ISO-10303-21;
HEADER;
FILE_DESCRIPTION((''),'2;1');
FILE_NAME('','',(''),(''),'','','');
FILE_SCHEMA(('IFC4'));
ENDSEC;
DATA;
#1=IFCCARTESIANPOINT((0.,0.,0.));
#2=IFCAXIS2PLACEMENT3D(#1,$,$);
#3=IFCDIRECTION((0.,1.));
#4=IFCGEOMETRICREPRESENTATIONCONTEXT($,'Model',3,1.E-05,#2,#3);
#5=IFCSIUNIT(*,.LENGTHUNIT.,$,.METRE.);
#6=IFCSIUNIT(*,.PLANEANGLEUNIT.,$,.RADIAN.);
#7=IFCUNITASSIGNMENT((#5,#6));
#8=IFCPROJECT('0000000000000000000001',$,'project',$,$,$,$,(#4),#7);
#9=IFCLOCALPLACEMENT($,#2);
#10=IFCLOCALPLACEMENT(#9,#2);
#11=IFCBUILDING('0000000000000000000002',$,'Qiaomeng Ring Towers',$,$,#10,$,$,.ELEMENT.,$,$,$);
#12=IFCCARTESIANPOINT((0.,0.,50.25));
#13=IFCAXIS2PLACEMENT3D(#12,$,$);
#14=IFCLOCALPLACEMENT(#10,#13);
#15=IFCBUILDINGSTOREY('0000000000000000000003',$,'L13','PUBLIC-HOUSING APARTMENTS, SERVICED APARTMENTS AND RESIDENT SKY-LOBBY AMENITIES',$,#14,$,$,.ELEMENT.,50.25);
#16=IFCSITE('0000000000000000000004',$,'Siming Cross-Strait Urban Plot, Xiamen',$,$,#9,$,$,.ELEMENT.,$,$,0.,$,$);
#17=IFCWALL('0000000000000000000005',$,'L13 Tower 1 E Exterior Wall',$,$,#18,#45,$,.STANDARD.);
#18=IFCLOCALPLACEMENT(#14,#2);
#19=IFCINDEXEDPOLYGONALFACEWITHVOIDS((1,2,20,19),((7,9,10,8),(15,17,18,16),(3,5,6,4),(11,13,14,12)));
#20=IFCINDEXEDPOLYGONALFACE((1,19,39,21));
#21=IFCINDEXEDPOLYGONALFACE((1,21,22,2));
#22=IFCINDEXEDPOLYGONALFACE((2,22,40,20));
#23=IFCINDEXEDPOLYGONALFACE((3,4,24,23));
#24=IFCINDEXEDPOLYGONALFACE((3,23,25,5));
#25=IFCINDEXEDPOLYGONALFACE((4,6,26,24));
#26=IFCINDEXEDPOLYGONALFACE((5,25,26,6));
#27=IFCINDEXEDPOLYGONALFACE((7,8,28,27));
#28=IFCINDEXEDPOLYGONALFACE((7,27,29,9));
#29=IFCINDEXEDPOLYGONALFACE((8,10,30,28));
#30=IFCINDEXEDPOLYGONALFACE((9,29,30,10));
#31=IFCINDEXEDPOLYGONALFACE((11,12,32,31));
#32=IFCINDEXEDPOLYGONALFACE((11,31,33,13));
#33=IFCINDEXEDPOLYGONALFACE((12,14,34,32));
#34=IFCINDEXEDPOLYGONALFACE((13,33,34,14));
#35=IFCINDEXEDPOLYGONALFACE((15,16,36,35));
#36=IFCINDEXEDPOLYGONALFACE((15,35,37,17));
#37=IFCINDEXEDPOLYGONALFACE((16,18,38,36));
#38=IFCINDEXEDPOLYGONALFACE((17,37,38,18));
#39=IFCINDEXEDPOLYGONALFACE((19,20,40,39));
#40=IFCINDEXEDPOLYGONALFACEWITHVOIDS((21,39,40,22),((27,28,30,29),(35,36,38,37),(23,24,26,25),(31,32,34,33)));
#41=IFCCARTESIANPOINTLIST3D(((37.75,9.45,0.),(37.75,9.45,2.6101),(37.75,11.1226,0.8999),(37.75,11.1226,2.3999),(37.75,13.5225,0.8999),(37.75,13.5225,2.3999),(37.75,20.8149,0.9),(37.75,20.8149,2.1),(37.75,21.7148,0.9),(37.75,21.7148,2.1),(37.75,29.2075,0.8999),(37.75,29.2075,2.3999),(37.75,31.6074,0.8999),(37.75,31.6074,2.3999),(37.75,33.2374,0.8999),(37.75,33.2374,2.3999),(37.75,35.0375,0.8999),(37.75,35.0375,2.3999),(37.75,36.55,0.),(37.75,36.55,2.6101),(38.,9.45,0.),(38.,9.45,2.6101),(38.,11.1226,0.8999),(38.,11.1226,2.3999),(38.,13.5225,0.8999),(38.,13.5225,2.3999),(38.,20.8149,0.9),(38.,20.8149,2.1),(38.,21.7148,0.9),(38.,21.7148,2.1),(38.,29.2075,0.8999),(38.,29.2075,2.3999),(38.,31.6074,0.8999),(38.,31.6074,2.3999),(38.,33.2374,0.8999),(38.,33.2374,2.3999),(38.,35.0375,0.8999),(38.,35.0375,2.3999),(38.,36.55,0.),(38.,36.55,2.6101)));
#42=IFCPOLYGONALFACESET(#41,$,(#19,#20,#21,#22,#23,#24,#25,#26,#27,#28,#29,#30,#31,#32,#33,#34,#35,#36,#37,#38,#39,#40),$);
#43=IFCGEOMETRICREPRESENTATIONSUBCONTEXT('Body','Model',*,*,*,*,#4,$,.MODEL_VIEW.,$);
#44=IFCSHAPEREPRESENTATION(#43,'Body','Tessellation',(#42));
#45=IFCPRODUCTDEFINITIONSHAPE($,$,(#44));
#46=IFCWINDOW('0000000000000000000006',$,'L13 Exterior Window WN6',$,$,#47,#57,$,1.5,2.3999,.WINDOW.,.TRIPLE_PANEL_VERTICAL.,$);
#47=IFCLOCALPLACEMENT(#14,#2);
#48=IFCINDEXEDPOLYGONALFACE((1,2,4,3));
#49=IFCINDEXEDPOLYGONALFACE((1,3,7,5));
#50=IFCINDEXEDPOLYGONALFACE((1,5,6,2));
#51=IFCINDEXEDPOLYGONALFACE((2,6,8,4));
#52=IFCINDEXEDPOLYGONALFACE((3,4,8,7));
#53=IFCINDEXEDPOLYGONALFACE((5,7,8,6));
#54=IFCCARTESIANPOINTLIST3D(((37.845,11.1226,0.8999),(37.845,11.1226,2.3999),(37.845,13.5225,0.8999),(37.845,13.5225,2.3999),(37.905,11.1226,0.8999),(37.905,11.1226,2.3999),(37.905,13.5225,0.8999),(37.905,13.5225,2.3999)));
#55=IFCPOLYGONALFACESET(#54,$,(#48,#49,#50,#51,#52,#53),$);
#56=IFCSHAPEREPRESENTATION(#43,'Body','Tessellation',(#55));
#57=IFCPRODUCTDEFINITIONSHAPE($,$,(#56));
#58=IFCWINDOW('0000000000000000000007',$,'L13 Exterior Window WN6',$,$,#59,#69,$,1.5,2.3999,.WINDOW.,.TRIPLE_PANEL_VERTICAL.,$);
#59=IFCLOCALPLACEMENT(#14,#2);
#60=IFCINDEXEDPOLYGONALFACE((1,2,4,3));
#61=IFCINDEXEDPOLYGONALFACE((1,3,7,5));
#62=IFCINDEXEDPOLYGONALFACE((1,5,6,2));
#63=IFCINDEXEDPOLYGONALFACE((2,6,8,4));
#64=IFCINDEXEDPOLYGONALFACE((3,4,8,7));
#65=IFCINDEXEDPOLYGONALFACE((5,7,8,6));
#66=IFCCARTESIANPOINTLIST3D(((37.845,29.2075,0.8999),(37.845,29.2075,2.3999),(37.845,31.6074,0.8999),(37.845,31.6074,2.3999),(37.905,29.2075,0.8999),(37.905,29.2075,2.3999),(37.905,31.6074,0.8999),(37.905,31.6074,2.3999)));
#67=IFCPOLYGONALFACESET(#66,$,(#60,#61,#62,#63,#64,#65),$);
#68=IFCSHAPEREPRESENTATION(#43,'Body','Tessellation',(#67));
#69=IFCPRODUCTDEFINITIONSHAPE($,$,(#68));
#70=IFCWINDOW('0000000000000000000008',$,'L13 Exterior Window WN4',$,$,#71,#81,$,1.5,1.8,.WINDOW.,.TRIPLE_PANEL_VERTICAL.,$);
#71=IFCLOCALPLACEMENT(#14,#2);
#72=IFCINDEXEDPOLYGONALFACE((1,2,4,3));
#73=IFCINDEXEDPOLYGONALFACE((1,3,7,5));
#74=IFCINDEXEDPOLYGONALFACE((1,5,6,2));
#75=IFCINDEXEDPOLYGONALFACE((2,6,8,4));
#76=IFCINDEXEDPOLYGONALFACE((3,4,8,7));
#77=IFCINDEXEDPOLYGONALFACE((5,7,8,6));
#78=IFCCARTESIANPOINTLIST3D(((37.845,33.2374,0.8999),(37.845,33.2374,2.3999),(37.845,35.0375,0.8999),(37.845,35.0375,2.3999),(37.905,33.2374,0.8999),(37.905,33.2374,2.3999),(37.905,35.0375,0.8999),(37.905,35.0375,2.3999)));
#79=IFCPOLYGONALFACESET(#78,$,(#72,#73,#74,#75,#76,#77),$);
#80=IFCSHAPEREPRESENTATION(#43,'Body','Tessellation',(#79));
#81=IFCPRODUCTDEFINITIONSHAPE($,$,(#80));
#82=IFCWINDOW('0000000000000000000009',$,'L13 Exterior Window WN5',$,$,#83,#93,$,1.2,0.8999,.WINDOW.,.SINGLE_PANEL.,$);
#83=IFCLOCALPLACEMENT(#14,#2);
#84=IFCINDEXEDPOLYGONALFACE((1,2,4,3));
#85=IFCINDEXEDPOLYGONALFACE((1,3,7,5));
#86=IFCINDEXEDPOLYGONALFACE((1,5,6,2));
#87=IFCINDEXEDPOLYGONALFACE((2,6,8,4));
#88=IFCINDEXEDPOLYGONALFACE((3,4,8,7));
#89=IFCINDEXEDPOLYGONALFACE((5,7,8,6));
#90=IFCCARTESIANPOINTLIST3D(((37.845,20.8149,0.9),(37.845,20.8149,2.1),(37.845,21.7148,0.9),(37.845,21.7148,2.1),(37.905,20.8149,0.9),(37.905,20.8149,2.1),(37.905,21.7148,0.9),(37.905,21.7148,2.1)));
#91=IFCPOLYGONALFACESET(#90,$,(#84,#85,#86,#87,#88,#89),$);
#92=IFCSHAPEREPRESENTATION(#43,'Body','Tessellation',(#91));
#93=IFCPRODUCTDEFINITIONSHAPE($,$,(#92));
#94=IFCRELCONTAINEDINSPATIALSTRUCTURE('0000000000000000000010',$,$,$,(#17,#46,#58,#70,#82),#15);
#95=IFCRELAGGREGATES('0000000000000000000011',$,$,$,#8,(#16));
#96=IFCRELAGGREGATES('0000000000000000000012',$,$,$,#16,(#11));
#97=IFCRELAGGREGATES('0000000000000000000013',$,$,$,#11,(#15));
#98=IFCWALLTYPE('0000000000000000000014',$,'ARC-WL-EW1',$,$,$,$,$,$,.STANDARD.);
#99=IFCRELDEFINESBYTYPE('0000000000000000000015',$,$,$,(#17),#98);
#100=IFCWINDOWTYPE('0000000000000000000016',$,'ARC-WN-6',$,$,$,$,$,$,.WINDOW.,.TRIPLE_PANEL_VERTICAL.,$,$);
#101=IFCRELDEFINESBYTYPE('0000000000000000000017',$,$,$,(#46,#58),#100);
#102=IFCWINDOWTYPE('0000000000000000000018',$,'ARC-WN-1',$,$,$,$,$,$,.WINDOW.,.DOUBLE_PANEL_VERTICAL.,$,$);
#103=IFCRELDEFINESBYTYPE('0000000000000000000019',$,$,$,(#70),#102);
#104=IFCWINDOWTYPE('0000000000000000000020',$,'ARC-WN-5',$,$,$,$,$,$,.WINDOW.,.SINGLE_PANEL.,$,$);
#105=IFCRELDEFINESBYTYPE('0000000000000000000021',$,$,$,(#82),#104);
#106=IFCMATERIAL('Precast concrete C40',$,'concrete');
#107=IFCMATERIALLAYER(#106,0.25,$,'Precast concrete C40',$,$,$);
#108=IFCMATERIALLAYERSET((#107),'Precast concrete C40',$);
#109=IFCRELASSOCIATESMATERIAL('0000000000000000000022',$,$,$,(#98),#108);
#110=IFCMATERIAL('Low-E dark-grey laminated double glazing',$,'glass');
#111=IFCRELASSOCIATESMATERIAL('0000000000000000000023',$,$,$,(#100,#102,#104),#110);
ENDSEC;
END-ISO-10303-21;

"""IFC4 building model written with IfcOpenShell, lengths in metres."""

from ifc_helpers import new_model, si_unit, direction, frame, frame_2d, origin, place, context, subcontext, project, spatial, rectangle, extrude, source, transform, mapped, material, layer, layer_set, type_object, element, fill, save


model = new_model("IFC4")

# Units and contexts
model_context = context("Model", 3, precision=1e-05, world=origin(), true_north=direction((0.0, 1.0)))
body_context = subcontext(model_context, "Body", "Model", "MODEL_VIEW")
ifc_project = project(units=[si_unit("LENGTHUNIT", "METRE"), si_unit("PLANEANGLEUNIT", "RADIAN")], contexts=[model_context])

# Site, building, storey
site_placement = place(None, origin())
site = spatial("IfcSite", under=ifc_project, at=site_placement, Name="Siming Cross-Strait Urban Plot, Xiamen", CompositionType="ELEMENT", RefElevation=0.0)
building_placement = place(site_placement, origin())
building = spatial("IfcBuilding", under=site, at=building_placement, Name="Qiaomeng Ring Towers", CompositionType="ELEMENT")
storey_placement = place(building_placement, frame((0.0, 0.0, 50.25)))
storey = spatial("IfcBuildingStorey", under=building, at=storey_placement, Name="L13", Description="PUBLIC-HOUSING APARTMENTS, SERVICED APARTMENTS AND RESIDENT SKY-LOBBY AMENITIES", CompositionType="ELEMENT", Elevation=50.25)

# Shared definitions
ifc_material_1 = material(Name="Low-E dark-grey laminated double glazing", Category="glass")

# Wall, openings, windows
ifc_material_2 = material(Name="Precast concrete C40", Category="concrete")
ifc_layer_1 = layer(ifc_material_2, 0.25, Name="Precast concrete C40")
ifc_layer_set_1 = layer_set([ifc_layer_1], Name="Precast concrete C40")
wall_type_1 = type_object("IfcWallType", Name="ARC-WL-EW1", PredefinedType="STANDARD", material=ifc_layer_set_1)
wall_1_placement = place(storey_placement, frame((37.875, 9.45, 0.0), z_axis=(0.0, 0.0, 1.0), x_axis=(0.0, 1.0, 0.0)))
wall_1 = element("IfcWall", 1, at=wall_1_placement, inside=storey, type_object=wall_type_1, Name="L13 Tower 1 E Exterior Wall", PredefinedType="STANDARD", context=body_context, shape_type="SweptSolid", body=[
    extrude(rectangle(XDim=27.1001, YDim=0.25, at=frame_2d((13.55, 0.0))), origin(), (0.0, 0.0, 1.0), 2.6101),
])
opening_1_placement = place(wall_1_placement, frame((1.6726, 0.0, 0.8999)))
opening_1 = element("IfcOpeningElement", 2, at=opening_1_placement, cuts=wall_1, PredefinedType="OPENING", context=body_context, shape_type="SweptSolid", body=[
    extrude(rectangle(XDim=2.3999, YDim=1.5, at=frame_2d((1.2, 0.75))), frame((0.0, 0.135, 0.0), z_axis=(0.0, -1.0, 0.0), x_axis=(1.0, 0.0, 0.0)), (0.0, 0.0, 1.0), 0.27),
])
opening_2_placement = place(wall_1_placement, frame((23.7876, 0.0, 0.8999)))
opening_2 = element("IfcOpeningElement", 3, at=opening_2_placement, cuts=wall_1, PredefinedType="OPENING", context=body_context, shape_type="SweptSolid", body=[
    extrude(rectangle(XDim=1.8, YDim=1.5, at=frame_2d((0.8999, 0.75))), frame((0.0, 0.135, 0.0), z_axis=(0.0, -1.0, 0.0), x_axis=(1.0, 0.0, 0.0)), (0.0, 0.0, 1.0), 0.27),
])
opening_3_placement = place(wall_1_placement, frame((19.7576, 0.0, 0.8999)))
opening_3 = element("IfcOpeningElement", 4, at=opening_3_placement, cuts=wall_1, PredefinedType="OPENING", context=body_context, shape_type="SweptSolid", body=[
    extrude(rectangle(XDim=2.3999, YDim=1.5, at=frame_2d((1.2, 0.75))), frame((0.0, 0.135, 0.0), z_axis=(0.0, -1.0, 0.0), x_axis=(1.0, 0.0, 0.0)), (0.0, 0.0, 1.0), 0.27),
])
opening_4_placement = place(wall_1_placement, frame((11.365, 0.0, 0.8999)))
opening_4 = element("IfcOpeningElement", 5, at=opening_4_placement, cuts=wall_1, PredefinedType="OPENING", context=body_context, shape_type="SweptSolid", body=[
    extrude(rectangle(XDim=0.8999, YDim=1.2, at=frame_2d((0.45, 0.6001))), frame((0.0, 0.135, 0.0), z_axis=(0.0, -1.0, 0.0), x_axis=(1.0, 0.0, 0.0)), (0.0, 0.0, 1.0), 0.27),
])
window_type_1 = type_object("IfcWindowType", Name="ARC-WN-6", PartitioningType="TRIPLE_PANEL_VERTICAL", PredefinedType="WINDOW", material=ifc_material_1)
shared_shape_1 = source(origin(), body_context, "Body", "SweptSolid", [
    extrude(rectangle(XDim=2.3999, YDim=1.5, at=frame_2d((1.2, 0.75))), frame((0.0, 0.03, 0.0), z_axis=(0.0, -1.0, 0.0), x_axis=(1.0, 0.0, 0.0)), (0.0, 0.0, 1.0), 0.0601),
])
window_1_placement = place(opening_1_placement, origin())
window_1 = element("IfcWindow", 6, at=window_1_placement, inside=storey, type_object=window_type_1, Name="L13 Exterior Window WN6", OverallHeight=1.5, OverallWidth=2.3999, PartitioningType="TRIPLE_PANEL_VERTICAL", PredefinedType="WINDOW", context=body_context, shape_type="MappedRepresentation", body=[
    mapped(shared_shape_1, transform((0.0, 0.0, 0.0), x_axis=(1.0, 0.0, 0.0), y_axis=(0.0, 1.0, 0.0), z_axis=(0.0, 0.0, 1.0), scale=1.0)),
])
fill(opening_1, window_1)
window_2_placement = place(opening_3_placement, origin())
window_2 = element("IfcWindow", 7, at=window_2_placement, inside=storey, type_object=window_type_1, Name="L13 Exterior Window WN6", OverallHeight=1.5, OverallWidth=2.3999, PartitioningType="TRIPLE_PANEL_VERTICAL", PredefinedType="WINDOW", context=body_context, shape_type="MappedRepresentation", body=[
    mapped(shared_shape_1, transform((0.0, 0.0, 0.0), x_axis=(1.0, 0.0, 0.0), y_axis=(0.0, 1.0, 0.0), z_axis=(0.0, 0.0, 1.0), scale=1.0)),
])
fill(opening_3, window_2)
window_type_2 = type_object("IfcWindowType", Name="ARC-WN-1", PartitioningType="DOUBLE_PANEL_VERTICAL", PredefinedType="WINDOW", material=ifc_material_1)
shared_shape_2 = source(origin(), body_context, "Body", "SweptSolid", [
    extrude(rectangle(XDim=1.8, YDim=1.5, at=frame_2d((0.8999, 0.75))), frame((0.0, 0.03, 0.0), z_axis=(0.0, -1.0, 0.0), x_axis=(1.0, 0.0, 0.0)), (0.0, 0.0, 1.0), 0.0601),
])
window_3_placement = place(opening_2_placement, origin())
window_3 = element("IfcWindow", 8, at=window_3_placement, inside=storey, type_object=window_type_2, Name="L13 Exterior Window WN4", OverallHeight=1.5, OverallWidth=1.8, PartitioningType="TRIPLE_PANEL_VERTICAL", PredefinedType="WINDOW", context=body_context, shape_type="MappedRepresentation", body=[
    mapped(shared_shape_2, transform((0.0, 0.0, 0.0), x_axis=(1.0, 0.0, 0.0), y_axis=(0.0, 1.0, 0.0), z_axis=(0.0, 0.0, 1.0), scale=1.0)),
])
fill(opening_2, window_3)
window_type_3 = type_object("IfcWindowType", Name="ARC-WN-5", PartitioningType="SINGLE_PANEL", PredefinedType="WINDOW", material=ifc_material_1)
shared_shape_3 = source(origin(), body_context, "Body", "SweptSolid", [
    extrude(rectangle(XDim=0.8999, YDim=1.2, at=frame_2d((0.45, 0.6001))), frame((0.0, 0.03, 0.0), z_axis=(0.0, -1.0, 0.0), x_axis=(1.0, 0.0, 0.0)), (0.0, 0.0, 1.0), 0.0601),
])
window_4_placement = place(opening_4_placement, origin())
window_4 = element("IfcWindow", 9, at=window_4_placement, inside=storey, type_object=window_type_3, Name="L13 Exterior Window WN5", OverallHeight=1.2, OverallWidth=0.8999, PartitioningType="SINGLE_PANEL", PredefinedType="WINDOW", context=body_context, shape_type="MappedRepresentation", body=[
    mapped(shared_shape_3, transform((0.0, 0.0, 0.0), x_axis=(1.0, 0.0, 0.0), y_axis=(0.0, 1.0, 0.0), z_axis=(0.0, 0.0, 1.0), scale=1.0)),
])
fill(opening_4, window_4)

save(model, "model.ifc")
